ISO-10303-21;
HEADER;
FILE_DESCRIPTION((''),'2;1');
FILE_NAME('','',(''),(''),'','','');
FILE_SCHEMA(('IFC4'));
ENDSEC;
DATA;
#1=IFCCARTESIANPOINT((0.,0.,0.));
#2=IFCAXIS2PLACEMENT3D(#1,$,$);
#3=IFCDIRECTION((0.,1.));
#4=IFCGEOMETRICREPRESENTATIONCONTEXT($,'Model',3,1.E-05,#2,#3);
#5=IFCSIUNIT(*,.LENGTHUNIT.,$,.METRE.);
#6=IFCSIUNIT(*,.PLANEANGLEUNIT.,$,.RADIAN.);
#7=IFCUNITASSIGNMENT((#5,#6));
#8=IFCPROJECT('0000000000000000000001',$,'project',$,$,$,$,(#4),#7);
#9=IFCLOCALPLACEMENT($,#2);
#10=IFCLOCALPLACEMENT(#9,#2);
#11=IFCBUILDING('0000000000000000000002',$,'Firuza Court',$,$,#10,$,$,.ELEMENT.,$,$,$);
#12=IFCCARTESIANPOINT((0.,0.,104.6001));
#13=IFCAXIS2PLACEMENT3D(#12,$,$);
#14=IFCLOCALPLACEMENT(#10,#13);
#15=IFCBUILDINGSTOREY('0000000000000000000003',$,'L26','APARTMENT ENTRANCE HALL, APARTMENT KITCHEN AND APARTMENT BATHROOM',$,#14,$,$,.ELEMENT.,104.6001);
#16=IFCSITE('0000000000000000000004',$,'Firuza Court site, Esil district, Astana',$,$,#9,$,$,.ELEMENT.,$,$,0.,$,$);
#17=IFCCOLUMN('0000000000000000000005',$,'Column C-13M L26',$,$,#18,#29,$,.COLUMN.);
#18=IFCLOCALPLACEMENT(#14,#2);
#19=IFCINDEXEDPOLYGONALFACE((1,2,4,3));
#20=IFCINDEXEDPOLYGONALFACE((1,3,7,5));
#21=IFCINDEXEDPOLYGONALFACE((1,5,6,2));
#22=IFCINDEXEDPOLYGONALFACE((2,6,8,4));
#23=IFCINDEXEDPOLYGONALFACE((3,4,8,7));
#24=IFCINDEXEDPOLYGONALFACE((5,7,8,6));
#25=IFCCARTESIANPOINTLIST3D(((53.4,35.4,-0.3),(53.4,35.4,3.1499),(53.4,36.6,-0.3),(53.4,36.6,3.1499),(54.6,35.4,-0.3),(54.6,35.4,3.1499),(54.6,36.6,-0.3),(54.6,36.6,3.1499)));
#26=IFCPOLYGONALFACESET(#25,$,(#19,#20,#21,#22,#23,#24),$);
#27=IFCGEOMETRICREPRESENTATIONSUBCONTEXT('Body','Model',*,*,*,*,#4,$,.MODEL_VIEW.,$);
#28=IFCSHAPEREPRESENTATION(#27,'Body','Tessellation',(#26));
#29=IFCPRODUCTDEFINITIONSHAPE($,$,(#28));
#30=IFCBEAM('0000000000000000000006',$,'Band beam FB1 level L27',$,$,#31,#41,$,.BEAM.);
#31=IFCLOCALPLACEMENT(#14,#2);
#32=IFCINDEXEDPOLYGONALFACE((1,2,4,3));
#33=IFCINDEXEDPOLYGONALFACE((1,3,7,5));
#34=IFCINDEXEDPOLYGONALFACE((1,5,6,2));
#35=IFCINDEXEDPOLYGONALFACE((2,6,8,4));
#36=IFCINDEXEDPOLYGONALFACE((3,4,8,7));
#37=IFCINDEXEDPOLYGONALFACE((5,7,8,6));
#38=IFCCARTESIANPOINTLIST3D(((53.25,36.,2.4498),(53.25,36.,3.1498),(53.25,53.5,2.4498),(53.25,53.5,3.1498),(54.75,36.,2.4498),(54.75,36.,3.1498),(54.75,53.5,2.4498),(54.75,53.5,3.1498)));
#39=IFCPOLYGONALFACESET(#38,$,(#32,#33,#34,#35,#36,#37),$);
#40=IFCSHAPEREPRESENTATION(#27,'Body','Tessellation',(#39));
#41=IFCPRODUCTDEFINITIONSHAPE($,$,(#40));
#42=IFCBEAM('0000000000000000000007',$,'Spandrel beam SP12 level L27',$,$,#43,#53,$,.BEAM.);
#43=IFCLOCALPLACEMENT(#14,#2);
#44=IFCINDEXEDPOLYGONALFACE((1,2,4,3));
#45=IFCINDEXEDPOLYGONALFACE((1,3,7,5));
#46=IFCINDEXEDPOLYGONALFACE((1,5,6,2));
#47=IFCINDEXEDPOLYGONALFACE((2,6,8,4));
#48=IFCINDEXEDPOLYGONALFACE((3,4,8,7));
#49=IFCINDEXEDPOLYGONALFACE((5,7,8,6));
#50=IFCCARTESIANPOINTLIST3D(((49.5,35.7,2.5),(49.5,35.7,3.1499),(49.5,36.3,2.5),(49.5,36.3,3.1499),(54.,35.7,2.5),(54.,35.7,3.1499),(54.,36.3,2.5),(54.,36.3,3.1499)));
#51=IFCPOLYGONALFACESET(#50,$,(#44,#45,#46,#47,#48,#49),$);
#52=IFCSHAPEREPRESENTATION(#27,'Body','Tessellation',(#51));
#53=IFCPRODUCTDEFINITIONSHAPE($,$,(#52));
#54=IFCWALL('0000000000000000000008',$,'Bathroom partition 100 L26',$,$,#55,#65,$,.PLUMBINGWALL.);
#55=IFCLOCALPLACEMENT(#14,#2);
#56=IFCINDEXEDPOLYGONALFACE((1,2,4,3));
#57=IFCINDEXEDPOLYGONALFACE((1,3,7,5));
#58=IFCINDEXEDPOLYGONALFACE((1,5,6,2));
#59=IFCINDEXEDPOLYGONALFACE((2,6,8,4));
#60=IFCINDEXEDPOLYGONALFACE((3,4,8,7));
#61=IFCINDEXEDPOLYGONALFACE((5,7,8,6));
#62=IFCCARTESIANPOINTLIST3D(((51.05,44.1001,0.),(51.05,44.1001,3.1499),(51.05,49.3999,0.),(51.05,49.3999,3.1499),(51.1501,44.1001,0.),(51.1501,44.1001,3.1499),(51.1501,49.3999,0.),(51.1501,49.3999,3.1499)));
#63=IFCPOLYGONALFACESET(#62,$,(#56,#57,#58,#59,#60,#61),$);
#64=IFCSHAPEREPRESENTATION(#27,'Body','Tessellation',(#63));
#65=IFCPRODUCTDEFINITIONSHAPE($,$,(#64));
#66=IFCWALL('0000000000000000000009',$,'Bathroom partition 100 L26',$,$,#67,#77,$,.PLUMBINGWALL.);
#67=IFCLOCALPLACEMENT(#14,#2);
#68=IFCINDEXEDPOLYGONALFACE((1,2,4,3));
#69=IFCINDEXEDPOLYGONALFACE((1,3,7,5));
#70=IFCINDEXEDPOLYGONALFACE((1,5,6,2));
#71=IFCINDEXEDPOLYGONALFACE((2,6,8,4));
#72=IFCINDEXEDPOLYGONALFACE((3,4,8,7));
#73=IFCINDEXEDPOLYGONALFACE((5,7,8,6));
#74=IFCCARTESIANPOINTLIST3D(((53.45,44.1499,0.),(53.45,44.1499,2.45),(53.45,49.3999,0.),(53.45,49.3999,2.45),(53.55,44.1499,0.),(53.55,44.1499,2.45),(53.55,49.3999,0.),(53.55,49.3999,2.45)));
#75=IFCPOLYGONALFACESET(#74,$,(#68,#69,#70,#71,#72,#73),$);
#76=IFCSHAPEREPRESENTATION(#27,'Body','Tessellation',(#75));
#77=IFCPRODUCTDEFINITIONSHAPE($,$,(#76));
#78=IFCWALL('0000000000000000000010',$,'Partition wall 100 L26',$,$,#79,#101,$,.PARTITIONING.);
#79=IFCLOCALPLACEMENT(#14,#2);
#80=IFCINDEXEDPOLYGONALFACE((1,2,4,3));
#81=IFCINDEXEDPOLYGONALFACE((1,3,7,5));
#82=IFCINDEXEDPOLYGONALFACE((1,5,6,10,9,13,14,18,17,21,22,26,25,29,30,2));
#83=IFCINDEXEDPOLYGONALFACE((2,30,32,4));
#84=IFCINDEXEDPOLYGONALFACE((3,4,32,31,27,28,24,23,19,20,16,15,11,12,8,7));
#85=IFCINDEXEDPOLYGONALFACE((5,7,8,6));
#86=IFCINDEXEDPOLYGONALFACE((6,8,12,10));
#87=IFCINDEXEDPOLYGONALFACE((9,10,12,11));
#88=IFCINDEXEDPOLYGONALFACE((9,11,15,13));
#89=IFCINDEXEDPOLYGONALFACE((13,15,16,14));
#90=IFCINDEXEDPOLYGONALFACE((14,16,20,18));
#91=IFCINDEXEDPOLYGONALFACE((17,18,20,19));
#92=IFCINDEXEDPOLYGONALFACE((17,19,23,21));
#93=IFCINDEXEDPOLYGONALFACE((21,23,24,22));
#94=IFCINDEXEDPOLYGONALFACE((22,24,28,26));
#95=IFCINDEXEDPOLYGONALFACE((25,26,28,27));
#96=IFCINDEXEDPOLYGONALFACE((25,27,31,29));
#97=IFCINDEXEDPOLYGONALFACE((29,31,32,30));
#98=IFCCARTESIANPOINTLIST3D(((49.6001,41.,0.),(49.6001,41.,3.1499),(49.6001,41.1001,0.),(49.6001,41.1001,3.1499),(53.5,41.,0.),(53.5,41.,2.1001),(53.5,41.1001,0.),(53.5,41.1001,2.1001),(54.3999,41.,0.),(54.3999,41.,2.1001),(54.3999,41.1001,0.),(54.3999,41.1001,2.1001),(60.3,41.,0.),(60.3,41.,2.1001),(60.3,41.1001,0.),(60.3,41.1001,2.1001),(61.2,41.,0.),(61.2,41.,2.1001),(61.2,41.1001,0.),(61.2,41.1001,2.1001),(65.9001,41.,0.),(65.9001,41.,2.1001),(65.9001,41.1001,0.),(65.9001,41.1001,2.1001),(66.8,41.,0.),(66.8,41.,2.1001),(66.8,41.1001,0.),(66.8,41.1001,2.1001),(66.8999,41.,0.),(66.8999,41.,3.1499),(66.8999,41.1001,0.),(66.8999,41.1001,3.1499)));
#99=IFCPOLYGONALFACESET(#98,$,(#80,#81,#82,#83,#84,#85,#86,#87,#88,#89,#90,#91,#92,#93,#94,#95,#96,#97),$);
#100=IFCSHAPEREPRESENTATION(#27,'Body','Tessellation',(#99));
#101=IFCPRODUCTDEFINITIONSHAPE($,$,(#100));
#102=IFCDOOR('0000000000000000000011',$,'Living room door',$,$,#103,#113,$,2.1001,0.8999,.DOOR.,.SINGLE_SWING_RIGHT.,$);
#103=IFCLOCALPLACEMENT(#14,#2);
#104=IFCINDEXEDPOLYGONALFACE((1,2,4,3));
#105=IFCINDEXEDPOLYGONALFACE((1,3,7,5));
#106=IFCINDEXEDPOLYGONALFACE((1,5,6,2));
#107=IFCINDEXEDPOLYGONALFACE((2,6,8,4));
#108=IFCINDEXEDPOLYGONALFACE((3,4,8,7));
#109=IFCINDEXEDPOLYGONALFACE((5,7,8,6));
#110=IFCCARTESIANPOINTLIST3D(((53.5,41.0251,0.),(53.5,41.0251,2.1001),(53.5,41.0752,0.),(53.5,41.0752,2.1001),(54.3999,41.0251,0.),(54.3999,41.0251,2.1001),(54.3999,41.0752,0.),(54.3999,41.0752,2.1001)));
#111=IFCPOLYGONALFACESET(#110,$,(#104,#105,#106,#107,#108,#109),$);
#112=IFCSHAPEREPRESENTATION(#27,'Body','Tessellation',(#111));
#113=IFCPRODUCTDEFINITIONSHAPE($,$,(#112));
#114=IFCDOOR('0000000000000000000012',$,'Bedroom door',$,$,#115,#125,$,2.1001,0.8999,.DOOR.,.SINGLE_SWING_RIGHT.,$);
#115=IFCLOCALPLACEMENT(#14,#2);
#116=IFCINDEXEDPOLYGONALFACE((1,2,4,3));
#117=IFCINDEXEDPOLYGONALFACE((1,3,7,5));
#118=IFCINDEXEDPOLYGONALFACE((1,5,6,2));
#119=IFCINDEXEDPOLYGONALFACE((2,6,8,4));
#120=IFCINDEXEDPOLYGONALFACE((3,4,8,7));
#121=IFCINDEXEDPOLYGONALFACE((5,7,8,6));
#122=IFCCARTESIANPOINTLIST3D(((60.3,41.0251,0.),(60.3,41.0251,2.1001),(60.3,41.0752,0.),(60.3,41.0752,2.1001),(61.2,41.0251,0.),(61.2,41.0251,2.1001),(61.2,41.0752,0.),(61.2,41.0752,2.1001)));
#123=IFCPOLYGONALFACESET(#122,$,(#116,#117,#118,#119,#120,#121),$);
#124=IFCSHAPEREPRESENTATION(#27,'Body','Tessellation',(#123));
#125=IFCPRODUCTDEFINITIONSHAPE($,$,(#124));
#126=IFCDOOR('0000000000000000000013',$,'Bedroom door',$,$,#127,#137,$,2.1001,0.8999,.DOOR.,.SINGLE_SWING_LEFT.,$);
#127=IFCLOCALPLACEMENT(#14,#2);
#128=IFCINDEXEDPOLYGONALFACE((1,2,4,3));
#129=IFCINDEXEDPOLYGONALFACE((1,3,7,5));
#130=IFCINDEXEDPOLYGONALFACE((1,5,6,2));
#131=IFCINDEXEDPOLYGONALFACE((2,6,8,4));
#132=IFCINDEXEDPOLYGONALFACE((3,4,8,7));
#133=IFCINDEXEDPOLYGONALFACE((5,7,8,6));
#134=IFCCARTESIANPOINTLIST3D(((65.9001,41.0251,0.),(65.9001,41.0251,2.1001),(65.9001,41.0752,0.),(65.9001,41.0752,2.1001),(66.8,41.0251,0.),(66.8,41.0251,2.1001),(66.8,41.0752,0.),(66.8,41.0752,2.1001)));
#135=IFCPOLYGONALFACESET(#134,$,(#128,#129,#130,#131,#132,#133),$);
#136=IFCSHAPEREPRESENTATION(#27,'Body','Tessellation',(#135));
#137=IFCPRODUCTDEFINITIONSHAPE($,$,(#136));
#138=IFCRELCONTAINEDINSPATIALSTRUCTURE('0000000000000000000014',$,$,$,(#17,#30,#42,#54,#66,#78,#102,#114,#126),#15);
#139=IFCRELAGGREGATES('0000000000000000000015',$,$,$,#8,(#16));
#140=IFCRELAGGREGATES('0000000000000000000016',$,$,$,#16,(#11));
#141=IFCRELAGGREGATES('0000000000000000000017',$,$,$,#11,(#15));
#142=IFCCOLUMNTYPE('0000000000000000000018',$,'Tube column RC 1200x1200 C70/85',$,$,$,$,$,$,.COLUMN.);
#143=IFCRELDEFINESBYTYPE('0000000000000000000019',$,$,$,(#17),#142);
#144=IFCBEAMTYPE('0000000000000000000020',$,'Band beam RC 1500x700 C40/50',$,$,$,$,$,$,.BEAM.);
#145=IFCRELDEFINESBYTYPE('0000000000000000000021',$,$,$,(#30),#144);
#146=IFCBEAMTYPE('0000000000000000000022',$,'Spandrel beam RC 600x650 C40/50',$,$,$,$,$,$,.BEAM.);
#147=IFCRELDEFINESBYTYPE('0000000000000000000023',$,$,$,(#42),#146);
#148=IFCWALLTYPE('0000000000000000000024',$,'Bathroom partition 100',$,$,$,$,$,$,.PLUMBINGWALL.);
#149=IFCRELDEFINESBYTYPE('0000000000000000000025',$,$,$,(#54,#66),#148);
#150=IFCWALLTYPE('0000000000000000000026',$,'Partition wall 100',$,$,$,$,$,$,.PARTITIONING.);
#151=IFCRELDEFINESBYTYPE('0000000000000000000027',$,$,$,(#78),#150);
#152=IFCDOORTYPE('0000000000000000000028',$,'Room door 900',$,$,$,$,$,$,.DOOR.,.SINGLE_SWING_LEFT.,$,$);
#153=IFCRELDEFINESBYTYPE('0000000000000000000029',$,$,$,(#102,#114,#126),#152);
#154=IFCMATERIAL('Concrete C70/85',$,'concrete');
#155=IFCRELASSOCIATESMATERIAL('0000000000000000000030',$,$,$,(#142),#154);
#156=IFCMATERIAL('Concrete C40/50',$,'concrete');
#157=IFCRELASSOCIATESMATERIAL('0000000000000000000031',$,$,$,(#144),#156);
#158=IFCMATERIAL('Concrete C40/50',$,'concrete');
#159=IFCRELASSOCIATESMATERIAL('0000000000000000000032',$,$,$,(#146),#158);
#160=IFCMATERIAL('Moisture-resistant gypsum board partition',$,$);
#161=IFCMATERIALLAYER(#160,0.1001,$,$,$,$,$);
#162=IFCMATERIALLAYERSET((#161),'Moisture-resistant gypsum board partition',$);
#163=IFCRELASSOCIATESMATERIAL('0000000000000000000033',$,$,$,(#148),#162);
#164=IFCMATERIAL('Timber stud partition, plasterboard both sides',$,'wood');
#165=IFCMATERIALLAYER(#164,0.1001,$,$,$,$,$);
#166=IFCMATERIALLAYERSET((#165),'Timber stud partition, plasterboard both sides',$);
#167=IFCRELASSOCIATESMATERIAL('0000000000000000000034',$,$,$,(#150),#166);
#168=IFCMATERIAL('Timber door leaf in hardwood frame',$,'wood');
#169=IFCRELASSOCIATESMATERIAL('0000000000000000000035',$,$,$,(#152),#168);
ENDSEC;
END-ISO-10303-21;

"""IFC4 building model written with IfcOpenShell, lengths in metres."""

from ifc_helpers import new_model, si_unit, direction, frame, frame_2d, origin, origin_2d, place, context, subcontext, project, spatial, rectangle, extrude, material, layer, layer_set, material_profile, profile_set, type_object, element, fill, save


model = new_model("IFC4")

# Units and contexts
model_context = context("Model", 3, precision=1e-05, world=origin(), true_north=direction((0.0, 1.0)))
body_context = subcontext(model_context, "Body", "Model", "MODEL_VIEW")
ifc_project = project(units=[si_unit("LENGTHUNIT", "METRE"), si_unit("PLANEANGLEUNIT", "RADIAN")], contexts=[model_context])

# Site, building, storey
site_placement = place(None, origin())
site = spatial("IfcSite", under=ifc_project, at=site_placement, Name="Firuza Court site, Esil district, Astana", CompositionType="ELEMENT", RefElevation=0.0)
building_placement = place(site_placement, origin())
building = spatial("IfcBuilding", under=site, at=building_placement, Name="Firuza Court", CompositionType="ELEMENT")
storey_placement = place(building_placement, frame((0.0, 0.0, 104.6001)))
storey = spatial("IfcBuildingStorey", under=building, at=storey_placement, Name="L26", Description="APARTMENT ENTRANCE HALL, APARTMENT KITCHEN AND APARTMENT BATHROOM", CompositionType="ELEMENT", Elevation=104.6001)

# Column
ifc_material_1 = material(Name="Concrete C70/85", Category="concrete")
ifc_material_profile_1 = material_profile(ifc_material_1, rectangle(XDim=1.2, YDim=1.2, at=origin_2d()), Name="RC 1200x1200")
ifc_profile_set_1 = profile_set([ifc_material_profile_1], Name="Concrete C70/85")
column_type = type_object("IfcColumnType", Name="Tube column RC 1200x1200 C70/85", PredefinedType="COLUMN", material=ifc_profile_set_1)
column_placement = place(storey_placement, frame((54.0, 36.0, -0.3), z_axis=(0.0, 0.0, 1.0), x_axis=(1.0, 0.0, 0.0)))
element("IfcColumn", 1, at=column_placement, inside=storey, type_object=column_type, Name="Column C-13M L26", PredefinedType="COLUMN", context=body_context, shape_type="SweptSolid", body=[
    extrude(rectangle(XDim=1.2, YDim=1.2, at=origin_2d()), origin(), (0.0, 0.0, 1.0), 3.45),
])

# Beams
ifc_material_2 = material(Name="Concrete C40/50", Category="concrete")
ifc_material_profile_2 = material_profile(ifc_material_2, rectangle(XDim=1.5, YDim=0.7, at=origin_2d()), Name="RC 1500x700")
ifc_profile_set_2 = profile_set([ifc_material_profile_2], Name="Concrete C40/50")
beam_type_1 = type_object("IfcBeamType", Name="Band beam RC 1500x700 C40/50", PredefinedType="BEAM", material=ifc_profile_set_2)
beam_1_placement = place(storey_placement, frame((54.0, 36.0, 2.7998), z_axis=(0.0, 1.0, 0.0), x_axis=(-1.0, 0.0, 0.0)))
element("IfcBeam", 2, at=beam_1_placement, inside=storey, type_object=beam_type_1, Name="Band beam FB1 level L27", PredefinedType="BEAM", context=body_context, shape_type="SweptSolid", body=[
    extrude(rectangle(XDim=1.5, YDim=0.7, at=origin_2d()), origin(), (0.0, 0.0, 1.0), 17.5),
])
ifc_material_3 = material(Name="Concrete C40/50", Category="concrete")
ifc_material_profile_3 = material_profile(ifc_material_3, rectangle(XDim=0.6001, YDim=0.6499, at=origin_2d()), Name="RC 600x650")
ifc_profile_set_3 = profile_set([ifc_material_profile_3], Name="Concrete C40/50")
beam_type_2 = type_object("IfcBeamType", Name="Spandrel beam RC 600x650 C40/50", PredefinedType="BEAM", material=ifc_profile_set_3)
beam_2_placement = place(storey_placement, frame((49.5, 36.0, 2.825), z_axis=(1.0, 0.0, 0.0), x_axis=(0.0, 1.0, 0.0)))
element("IfcBeam", 3, at=beam_2_placement, inside=storey, type_object=beam_type_2, Name="Spandrel beam SP12 level L27", PredefinedType="BEAM", context=body_context, shape_type="SweptSolid", body=[
    extrude(rectangle(XDim=0.6001, YDim=0.6499, at=origin_2d()), origin(), (0.0, 0.0, 1.0), 4.5),
])

# Walls
ifc_material_4 = material(Name="Moisture-resistant gypsum board partition")
ifc_layer_1 = layer(ifc_material_4, 0.1001)
ifc_layer_set_1 = layer_set([ifc_layer_1], Name="Moisture-resistant gypsum board partition")
wall_type_1 = type_object("IfcWallType", Name="Bathroom partition 100", PredefinedType="PLUMBINGWALL", material=ifc_layer_set_1)
wall_1_placement = place(storey_placement, frame((51.1001, 44.1001, 0.0), z_axis=(0.0, 0.0, 1.0), x_axis=(0.0, 1.0, 0.0)))
element("IfcWall", 4, at=wall_1_placement, inside=storey, type_object=wall_type_1, Name="Bathroom partition 100 L26", PredefinedType="PLUMBINGWALL", context=body_context, shape_type="SweptSolid", body=[
    extrude(rectangle(XDim=5.2998, YDim=0.1001, at=frame_2d((2.6499, 0.0))), origin(), (0.0, 0.0, 1.0), 3.1499),
])
wall_2_placement = place(storey_placement, frame((53.5, 44.1499, 0.0), z_axis=(0.0, 0.0, 1.0), x_axis=(0.0, 1.0, 0.0)))
element("IfcWall", 5, at=wall_2_placement, inside=storey, type_object=wall_type_1, Name="Bathroom partition 100 L26", PredefinedType="PLUMBINGWALL", context=body_context, shape_type="SweptSolid", body=[
    extrude(rectangle(XDim=5.25, YDim=0.1001, at=frame_2d((2.625, 0.0))), origin(), (0.0, 0.0, 1.0), 2.45),
])

# Wall, openings, doors
ifc_material_5 = material(Name="Timber stud partition, plasterboard both sides", Category="wood")
ifc_layer_2 = layer(ifc_material_5, 0.1001)
ifc_layer_set_2 = layer_set([ifc_layer_2], Name="Timber stud partition, plasterboard both sides")
wall_type_2 = type_object("IfcWallType", Name="Partition wall 100", PredefinedType="PARTITIONING", material=ifc_layer_set_2)
wall_3_placement = place(storey_placement, frame((49.6001, 41.05, 0.0), z_axis=(0.0, 0.0, 1.0), x_axis=(1.0, 0.0, 0.0)))
wall_3 = element("IfcWall", 6, at=wall_3_placement, inside=storey, type_object=wall_type_2, Name="Partition wall 100 L26", PredefinedType="PARTITIONING", context=body_context, shape_type="SweptSolid", body=[
    extrude(rectangle(XDim=17.2998, YDim=0.1001, at=frame_2d((8.6499, 0.0))), origin(), (0.0, 0.0, 1.0), 3.1499),
])
opening_1_placement = place(wall_3_placement, frame((3.8999, 0.0, 0.0)))
opening_1 = element("IfcOpeningElement", 7, at=opening_1_placement, cuts=wall_3, PredefinedType="OPENING", context=body_context, shape_type="SweptSolid", body=[
    extrude(rectangle(XDim=0.8999, YDim=2.1001, at=frame_2d((0.45, 1.05))), frame((0.0, 0.062, 0.0), z_axis=(0.0, -1.0, 0.0), x_axis=(1.0, 0.0, 0.0)), (0.0, 0.0, 1.0), 0.124),
])
opening_2_placement = place(wall_3_placement, frame((10.7, 0.0, 0.0)))
opening_2 = element("IfcOpeningElement", 8, at=opening_2_placement, cuts=wall_3, PredefinedType="OPENING", context=body_context, shape_type="SweptSolid", body=[
    extrude(rectangle(XDim=0.8999, YDim=2.1001, at=frame_2d((0.45, 1.05))), frame((0.0, 0.062, 0.0), z_axis=(0.0, -1.0, 0.0), x_axis=(1.0, 0.0, 0.0)), (0.0, 0.0, 1.0), 0.124),
])
opening_3_placement = place(wall_3_placement, frame((16.3, 0.0, 0.0)))
opening_3 = element("IfcOpeningElement", 9, at=opening_3_placement, cuts=wall_3, PredefinedType="OPENING", context=body_context, shape_type="SweptSolid", body=[
    extrude(rectangle(XDim=0.8999, YDim=2.1001, at=frame_2d((0.45, 1.05))), frame((0.0, 0.062, 0.0), z_axis=(0.0, -1.0, 0.0), x_axis=(1.0, 0.0, 0.0)), (0.0, 0.0, 1.0), 0.124),
])
ifc_material_6 = material(Name="Timber door leaf in hardwood frame", Category="wood")
door_type_1 = type_object("IfcDoorType", Name="Room door 900", OperationType="SINGLE_SWING_LEFT", PredefinedType="DOOR", material=ifc_material_6)
door_1_placement = place(opening_1_placement, frame((0.8999, 0.0, 0.0), z_axis=(0.0, 0.0, 1.0), x_axis=(-1.0, 0.0, 0.0)))
door_1 = element("IfcDoor", 10, at=door_1_placement, inside=storey, type_object=door_type_1, Name="Living room door", OperationType="SINGLE_SWING_RIGHT", OverallHeight=2.1001, OverallWidth=0.8999, PredefinedType="DOOR", context=body_context, shape_type="SweptSolid", body=[
    extrude(rectangle(XDim=0.8999, YDim=2.1001, at=frame_2d((0.45, 1.05))), frame((0.0, 0.0249, 0.0), z_axis=(0.0, -1.0, 0.0), x_axis=(1.0, 0.0, 0.0)), (0.0, 0.0, 1.0), 0.05),
])
fill(opening_1, door_1)
door_2_placement = place(opening_2_placement, frame((0.8999, 0.0, 0.0), z_axis=(0.0, 0.0, 1.0), x_axis=(-1.0, 0.0, 0.0)))
door_2 = element("IfcDoor", 11, at=door_2_placement, inside=storey, type_object=door_type_1, Name="Bedroom door", OperationType="SINGLE_SWING_RIGHT", OverallHeight=2.1001, OverallWidth=0.8999, PredefinedType="DOOR", context=body_context, shape_type="SweptSolid", body=[
    extrude(rectangle(XDim=0.8999, YDim=2.1001, at=frame_2d((0.45, 1.05))), frame((0.0, 0.0249, 0.0), z_axis=(0.0, -1.0, 0.0), x_axis=(1.0, 0.0, 0.0)), (0.0, 0.0, 1.0), 0.05),
])
fill(opening_2, door_2)
door_3_placement = place(opening_3_placement, frame((0.8999, 0.0, 0.0), z_axis=(0.0, 0.0, 1.0), x_axis=(-1.0, 0.0, 0.0)))
door_3 = element("IfcDoor", 12, at=door_3_placement, inside=storey, type_object=door_type_1, Name="Bedroom door", OperationType="SINGLE_SWING_LEFT", OverallHeight=2.1001, OverallWidth=0.8999, PredefinedType="DOOR", context=body_context, shape_type="SweptSolid", body=[
    extrude(rectangle(XDim=0.8999, YDim=2.1001, at=frame_2d((0.45, 1.05))), frame((0.0, 0.0249, 0.0), z_axis=(0.0, -1.0, 0.0), x_axis=(1.0, 0.0, 0.0)), (0.0, 0.0, 1.0), 0.05),
])
fill(opening_3, door_3)

save(model, "model.ifc")
